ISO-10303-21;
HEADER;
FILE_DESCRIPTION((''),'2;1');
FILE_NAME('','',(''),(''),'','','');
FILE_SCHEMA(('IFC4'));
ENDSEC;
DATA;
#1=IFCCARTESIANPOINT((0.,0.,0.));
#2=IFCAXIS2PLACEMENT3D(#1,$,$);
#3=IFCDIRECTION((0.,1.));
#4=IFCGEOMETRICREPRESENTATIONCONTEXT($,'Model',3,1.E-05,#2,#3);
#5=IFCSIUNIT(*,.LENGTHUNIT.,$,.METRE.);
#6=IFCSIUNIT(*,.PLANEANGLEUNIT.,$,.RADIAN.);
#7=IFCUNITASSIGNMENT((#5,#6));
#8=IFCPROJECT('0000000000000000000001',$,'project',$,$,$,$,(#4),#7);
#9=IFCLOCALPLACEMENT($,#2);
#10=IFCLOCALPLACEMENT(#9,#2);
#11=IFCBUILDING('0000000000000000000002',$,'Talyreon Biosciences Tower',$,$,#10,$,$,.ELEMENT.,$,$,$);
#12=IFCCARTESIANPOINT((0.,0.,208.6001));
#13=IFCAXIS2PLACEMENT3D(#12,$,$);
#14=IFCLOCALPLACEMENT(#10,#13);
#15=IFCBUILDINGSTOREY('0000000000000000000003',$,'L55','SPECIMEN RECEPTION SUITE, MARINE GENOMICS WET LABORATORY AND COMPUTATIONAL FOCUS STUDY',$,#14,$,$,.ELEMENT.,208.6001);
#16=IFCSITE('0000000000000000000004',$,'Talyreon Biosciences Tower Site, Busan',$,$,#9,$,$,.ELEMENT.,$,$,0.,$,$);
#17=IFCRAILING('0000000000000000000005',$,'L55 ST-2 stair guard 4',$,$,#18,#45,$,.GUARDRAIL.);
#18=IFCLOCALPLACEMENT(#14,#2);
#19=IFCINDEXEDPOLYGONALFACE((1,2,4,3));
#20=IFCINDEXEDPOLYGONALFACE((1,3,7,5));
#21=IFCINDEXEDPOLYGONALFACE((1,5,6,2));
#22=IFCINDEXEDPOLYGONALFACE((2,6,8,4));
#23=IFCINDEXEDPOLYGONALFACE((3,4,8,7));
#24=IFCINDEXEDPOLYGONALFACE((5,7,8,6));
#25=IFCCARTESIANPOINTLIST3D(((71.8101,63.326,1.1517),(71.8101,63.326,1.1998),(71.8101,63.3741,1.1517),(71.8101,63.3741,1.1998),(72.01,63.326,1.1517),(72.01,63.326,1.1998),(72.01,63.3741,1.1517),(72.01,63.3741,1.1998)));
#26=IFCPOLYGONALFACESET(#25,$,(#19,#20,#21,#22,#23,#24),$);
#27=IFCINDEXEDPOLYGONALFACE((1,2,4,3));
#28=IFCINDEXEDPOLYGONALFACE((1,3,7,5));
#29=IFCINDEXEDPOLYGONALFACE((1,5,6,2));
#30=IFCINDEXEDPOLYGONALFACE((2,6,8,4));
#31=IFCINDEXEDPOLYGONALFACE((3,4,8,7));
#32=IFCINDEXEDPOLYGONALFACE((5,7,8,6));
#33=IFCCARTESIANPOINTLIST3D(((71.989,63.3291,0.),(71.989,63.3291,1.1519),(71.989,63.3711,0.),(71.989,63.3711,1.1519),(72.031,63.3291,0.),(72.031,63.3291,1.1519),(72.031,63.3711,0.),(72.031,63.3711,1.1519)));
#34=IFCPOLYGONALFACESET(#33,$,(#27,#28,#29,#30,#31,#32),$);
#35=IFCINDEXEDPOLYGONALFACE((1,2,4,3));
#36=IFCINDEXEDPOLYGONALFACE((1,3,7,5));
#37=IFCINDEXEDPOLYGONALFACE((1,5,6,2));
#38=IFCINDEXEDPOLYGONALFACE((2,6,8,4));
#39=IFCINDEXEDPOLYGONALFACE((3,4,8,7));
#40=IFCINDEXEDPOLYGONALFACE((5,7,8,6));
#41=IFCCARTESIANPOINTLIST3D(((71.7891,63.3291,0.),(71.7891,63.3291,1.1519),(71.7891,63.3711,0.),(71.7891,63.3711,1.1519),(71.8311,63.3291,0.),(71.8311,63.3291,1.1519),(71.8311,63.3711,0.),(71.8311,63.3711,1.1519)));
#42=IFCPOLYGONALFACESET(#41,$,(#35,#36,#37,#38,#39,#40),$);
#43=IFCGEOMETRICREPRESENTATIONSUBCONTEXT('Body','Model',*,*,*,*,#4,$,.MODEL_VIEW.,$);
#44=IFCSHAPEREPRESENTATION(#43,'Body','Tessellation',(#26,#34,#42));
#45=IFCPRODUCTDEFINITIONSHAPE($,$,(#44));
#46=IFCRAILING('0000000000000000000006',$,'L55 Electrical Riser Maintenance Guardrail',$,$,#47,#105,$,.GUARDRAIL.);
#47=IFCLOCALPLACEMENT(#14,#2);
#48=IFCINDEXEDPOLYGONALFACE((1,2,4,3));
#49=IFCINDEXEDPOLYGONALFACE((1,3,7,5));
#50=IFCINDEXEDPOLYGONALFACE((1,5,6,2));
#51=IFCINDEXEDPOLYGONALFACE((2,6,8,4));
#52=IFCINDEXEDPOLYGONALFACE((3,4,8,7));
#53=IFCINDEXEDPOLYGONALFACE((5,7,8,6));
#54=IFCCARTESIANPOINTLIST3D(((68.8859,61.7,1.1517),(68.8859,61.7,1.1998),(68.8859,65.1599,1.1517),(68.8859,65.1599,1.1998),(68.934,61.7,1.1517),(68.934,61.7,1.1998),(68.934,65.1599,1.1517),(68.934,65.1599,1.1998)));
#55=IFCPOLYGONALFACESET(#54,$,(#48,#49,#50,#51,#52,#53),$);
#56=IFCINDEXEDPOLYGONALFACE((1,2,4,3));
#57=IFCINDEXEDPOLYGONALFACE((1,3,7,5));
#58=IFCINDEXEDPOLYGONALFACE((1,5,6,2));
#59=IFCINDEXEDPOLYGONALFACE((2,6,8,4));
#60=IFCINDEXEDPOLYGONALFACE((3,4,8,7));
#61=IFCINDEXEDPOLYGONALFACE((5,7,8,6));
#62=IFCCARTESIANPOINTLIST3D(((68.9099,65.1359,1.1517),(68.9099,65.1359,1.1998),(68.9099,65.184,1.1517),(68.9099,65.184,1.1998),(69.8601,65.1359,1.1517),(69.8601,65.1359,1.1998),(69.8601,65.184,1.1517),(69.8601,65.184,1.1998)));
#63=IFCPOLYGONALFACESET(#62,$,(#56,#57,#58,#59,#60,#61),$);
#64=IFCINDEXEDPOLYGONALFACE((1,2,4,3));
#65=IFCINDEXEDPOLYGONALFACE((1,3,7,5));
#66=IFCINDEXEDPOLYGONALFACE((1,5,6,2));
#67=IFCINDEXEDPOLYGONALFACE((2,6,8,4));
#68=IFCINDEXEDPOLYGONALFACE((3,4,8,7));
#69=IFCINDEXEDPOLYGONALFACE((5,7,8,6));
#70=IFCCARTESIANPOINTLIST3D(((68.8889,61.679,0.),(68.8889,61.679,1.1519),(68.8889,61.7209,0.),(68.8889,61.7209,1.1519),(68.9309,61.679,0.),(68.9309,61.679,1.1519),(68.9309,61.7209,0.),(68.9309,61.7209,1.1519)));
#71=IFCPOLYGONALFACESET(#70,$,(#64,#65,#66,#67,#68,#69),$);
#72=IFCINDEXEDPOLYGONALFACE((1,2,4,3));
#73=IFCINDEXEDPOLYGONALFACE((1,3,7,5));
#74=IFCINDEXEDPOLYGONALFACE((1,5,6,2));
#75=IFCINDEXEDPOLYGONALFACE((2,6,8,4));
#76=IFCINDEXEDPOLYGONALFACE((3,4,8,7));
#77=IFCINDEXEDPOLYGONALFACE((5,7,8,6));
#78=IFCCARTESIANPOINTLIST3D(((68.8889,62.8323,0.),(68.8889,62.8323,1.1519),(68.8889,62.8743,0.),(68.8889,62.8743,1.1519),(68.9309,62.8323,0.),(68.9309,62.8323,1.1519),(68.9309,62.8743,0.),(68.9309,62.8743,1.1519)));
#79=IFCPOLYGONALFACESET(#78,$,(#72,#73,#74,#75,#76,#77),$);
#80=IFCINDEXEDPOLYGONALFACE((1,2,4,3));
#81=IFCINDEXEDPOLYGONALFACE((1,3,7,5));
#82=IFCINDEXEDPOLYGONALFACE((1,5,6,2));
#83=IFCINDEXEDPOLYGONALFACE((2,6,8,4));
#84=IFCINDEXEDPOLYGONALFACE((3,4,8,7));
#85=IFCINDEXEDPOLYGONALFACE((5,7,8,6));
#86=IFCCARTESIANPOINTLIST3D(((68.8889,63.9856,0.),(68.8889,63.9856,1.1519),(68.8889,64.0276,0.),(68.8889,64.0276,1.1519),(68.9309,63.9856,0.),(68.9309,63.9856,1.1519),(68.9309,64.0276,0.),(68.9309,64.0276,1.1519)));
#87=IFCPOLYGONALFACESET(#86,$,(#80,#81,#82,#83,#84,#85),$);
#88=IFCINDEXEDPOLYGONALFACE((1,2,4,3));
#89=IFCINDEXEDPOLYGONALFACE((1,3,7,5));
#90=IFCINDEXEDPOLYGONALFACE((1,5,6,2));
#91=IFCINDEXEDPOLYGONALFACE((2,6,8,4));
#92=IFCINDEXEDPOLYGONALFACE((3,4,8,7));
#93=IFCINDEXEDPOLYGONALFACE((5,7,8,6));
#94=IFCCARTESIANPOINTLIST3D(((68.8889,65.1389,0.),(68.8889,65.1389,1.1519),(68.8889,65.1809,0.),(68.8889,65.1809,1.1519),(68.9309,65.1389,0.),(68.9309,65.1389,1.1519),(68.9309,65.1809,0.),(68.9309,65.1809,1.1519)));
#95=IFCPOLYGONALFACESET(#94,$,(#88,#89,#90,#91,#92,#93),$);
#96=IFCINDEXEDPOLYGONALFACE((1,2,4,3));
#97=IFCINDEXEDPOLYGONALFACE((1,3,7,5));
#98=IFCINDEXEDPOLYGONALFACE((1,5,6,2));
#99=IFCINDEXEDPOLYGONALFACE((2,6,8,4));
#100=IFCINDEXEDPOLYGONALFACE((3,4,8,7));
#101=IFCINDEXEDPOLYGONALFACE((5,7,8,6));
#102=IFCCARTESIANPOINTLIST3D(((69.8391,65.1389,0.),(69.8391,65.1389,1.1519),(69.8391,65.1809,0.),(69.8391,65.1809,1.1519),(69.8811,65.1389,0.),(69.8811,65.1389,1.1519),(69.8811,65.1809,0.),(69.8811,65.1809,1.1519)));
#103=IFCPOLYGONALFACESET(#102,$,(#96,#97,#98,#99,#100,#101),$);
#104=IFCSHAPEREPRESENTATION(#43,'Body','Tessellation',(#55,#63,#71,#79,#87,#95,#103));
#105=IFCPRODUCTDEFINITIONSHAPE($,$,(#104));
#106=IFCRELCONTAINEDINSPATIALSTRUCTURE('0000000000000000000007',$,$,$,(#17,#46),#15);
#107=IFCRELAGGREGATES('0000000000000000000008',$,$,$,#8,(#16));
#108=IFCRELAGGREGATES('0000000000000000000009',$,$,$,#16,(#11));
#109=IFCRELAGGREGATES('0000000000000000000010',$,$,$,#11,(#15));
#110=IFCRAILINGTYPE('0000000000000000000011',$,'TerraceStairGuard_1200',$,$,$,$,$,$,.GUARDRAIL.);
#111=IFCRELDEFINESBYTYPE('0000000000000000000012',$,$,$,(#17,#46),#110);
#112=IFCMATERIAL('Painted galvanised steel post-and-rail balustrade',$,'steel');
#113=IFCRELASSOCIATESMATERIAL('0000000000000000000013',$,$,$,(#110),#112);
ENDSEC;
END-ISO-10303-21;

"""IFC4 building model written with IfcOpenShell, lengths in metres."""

from ifc_helpers import new_model, si_unit, direction, frame, origin, origin_2d, place, context, subcontext, project, spatial, rectangle, extrude, material, type_object, element, save


model = new_model("IFC4")

# Units and contexts
model_context = context("Model", 3, precision=1e-05, world=origin(), true_north=direction((0.0, 1.0)))
body_context = subcontext(model_context, "Body", "Model", "MODEL_VIEW")
ifc_project = project(units=[si_unit("LENGTHUNIT", "METRE"), si_unit("PLANEANGLEUNIT", "RADIAN")], contexts=[model_context])

# Site, building, storey
site_placement = place(None, origin())
site = spatial("IfcSite", under=ifc_project, at=site_placement, Name="Talyreon Biosciences Tower Site, Busan", CompositionType="ELEMENT", RefElevation=0.0)
building_placement = place(site_placement, origin())
building = spatial("IfcBuilding", under=site, at=building_placement, Name="Talyreon Biosciences Tower", CompositionType="ELEMENT")
storey_placement = place(building_placement, frame((0.0, 0.0, 208.6001)))
storey = spatial("IfcBuildingStorey", under=building, at=storey_placement, Name="L55", Description="SPECIMEN RECEPTION SUITE, MARINE GENOMICS WET LABORATORY AND COMPUTATIONAL FOCUS STUDY", CompositionType="ELEMENT", Elevation=208.6001)

# Railings
ifc_material_1 = material(Name="Painted galvanised steel post-and-rail balustrade", Category="steel")
railing_type_1 = type_object("IfcRailingType", Name="TerraceStairGuard_1200", PredefinedType="GUARDRAIL", material=ifc_material_1)
railing_1_placement = place(storey_placement, frame((72.01, 63.3501, 0.0)))
element("IfcRailing", 1, at=railing_1_placement, inside=storey, type_object=railing_type_1, Name="L55 ST-2 stair guard 4", PredefinedType="GUARDRAIL", context=body_context, shape_type="SweptSolid", body=[
    extrude(rectangle(XDim=0.0481, YDim=0.0481, at=origin_2d()), frame((0.0, 0.0, 1.1758), z_axis=(-1.0, 0.0, 0.0), x_axis=(0.0, -1.0, 0.0)), (0.0, 0.0, 1.0), 0.2),
    extrude(rectangle(XDim=0.042, YDim=0.042, at=origin_2d()), origin(), (0.0, 0.0, 1.0), 1.1519),
    extrude(rectangle(XDim=0.042, YDim=0.042, at=origin_2d()), frame((-0.2, 0.0, 0.0)), (0.0, 0.0, 1.0), 1.1519),
])
railing_2_placement = place(storey_placement, frame((68.9099, 61.7, 0.0)))
element("IfcRailing", 2, at=railing_2_placement, inside=storey, type_object=railing_type_1, Name="L55 Electrical Riser Maintenance Guardrail", PredefinedType="GUARDRAIL", context=body_context, shape_type="SweptSolid", body=[
    extrude(rectangle(XDim=0.0481, YDim=0.0481, at=origin_2d()), frame((0.0, 0.0, 1.1758), z_axis=(0.0, 1.0, 0.0), x_axis=(-1.0, 0.0, 0.0)), (0.0, 0.0, 1.0), 3.46),
    extrude(rectangle(XDim=0.0481, YDim=0.0481, at=origin_2d()), frame((0.0, 3.46, 1.1758), z_axis=(1.0, 0.0, 0.0), x_axis=(0.0, 1.0, 0.0)), (0.0, 0.0, 1.0), 0.9502),
    extrude(rectangle(XDim=0.042, YDim=0.042, at=origin_2d()), origin(), (0.0, 0.0, 1.0), 1.1519),
    extrude(rectangle(XDim=0.042, YDim=0.042, at=origin_2d()), frame((0.0, 1.1533, 0.0)), (0.0, 0.0, 1.0), 1.1519),
    extrude(rectangle(XDim=0.042, YDim=0.042, at=origin_2d()), frame((0.0, 2.3066, 0.0)), (0.0, 0.0, 1.0), 1.1519),
    extrude(rectangle(XDim=0.042, YDim=0.042, at=origin_2d()), frame((0.0, 3.46, 0.0)), (0.0, 0.0, 1.0), 1.1519),
    extrude(rectangle(XDim=0.042, YDim=0.042, at=origin_2d()), frame((0.9502, 3.46, 0.0)), (0.0, 0.0, 1.0), 1.1519),
])

save(model, "model.ifc")
